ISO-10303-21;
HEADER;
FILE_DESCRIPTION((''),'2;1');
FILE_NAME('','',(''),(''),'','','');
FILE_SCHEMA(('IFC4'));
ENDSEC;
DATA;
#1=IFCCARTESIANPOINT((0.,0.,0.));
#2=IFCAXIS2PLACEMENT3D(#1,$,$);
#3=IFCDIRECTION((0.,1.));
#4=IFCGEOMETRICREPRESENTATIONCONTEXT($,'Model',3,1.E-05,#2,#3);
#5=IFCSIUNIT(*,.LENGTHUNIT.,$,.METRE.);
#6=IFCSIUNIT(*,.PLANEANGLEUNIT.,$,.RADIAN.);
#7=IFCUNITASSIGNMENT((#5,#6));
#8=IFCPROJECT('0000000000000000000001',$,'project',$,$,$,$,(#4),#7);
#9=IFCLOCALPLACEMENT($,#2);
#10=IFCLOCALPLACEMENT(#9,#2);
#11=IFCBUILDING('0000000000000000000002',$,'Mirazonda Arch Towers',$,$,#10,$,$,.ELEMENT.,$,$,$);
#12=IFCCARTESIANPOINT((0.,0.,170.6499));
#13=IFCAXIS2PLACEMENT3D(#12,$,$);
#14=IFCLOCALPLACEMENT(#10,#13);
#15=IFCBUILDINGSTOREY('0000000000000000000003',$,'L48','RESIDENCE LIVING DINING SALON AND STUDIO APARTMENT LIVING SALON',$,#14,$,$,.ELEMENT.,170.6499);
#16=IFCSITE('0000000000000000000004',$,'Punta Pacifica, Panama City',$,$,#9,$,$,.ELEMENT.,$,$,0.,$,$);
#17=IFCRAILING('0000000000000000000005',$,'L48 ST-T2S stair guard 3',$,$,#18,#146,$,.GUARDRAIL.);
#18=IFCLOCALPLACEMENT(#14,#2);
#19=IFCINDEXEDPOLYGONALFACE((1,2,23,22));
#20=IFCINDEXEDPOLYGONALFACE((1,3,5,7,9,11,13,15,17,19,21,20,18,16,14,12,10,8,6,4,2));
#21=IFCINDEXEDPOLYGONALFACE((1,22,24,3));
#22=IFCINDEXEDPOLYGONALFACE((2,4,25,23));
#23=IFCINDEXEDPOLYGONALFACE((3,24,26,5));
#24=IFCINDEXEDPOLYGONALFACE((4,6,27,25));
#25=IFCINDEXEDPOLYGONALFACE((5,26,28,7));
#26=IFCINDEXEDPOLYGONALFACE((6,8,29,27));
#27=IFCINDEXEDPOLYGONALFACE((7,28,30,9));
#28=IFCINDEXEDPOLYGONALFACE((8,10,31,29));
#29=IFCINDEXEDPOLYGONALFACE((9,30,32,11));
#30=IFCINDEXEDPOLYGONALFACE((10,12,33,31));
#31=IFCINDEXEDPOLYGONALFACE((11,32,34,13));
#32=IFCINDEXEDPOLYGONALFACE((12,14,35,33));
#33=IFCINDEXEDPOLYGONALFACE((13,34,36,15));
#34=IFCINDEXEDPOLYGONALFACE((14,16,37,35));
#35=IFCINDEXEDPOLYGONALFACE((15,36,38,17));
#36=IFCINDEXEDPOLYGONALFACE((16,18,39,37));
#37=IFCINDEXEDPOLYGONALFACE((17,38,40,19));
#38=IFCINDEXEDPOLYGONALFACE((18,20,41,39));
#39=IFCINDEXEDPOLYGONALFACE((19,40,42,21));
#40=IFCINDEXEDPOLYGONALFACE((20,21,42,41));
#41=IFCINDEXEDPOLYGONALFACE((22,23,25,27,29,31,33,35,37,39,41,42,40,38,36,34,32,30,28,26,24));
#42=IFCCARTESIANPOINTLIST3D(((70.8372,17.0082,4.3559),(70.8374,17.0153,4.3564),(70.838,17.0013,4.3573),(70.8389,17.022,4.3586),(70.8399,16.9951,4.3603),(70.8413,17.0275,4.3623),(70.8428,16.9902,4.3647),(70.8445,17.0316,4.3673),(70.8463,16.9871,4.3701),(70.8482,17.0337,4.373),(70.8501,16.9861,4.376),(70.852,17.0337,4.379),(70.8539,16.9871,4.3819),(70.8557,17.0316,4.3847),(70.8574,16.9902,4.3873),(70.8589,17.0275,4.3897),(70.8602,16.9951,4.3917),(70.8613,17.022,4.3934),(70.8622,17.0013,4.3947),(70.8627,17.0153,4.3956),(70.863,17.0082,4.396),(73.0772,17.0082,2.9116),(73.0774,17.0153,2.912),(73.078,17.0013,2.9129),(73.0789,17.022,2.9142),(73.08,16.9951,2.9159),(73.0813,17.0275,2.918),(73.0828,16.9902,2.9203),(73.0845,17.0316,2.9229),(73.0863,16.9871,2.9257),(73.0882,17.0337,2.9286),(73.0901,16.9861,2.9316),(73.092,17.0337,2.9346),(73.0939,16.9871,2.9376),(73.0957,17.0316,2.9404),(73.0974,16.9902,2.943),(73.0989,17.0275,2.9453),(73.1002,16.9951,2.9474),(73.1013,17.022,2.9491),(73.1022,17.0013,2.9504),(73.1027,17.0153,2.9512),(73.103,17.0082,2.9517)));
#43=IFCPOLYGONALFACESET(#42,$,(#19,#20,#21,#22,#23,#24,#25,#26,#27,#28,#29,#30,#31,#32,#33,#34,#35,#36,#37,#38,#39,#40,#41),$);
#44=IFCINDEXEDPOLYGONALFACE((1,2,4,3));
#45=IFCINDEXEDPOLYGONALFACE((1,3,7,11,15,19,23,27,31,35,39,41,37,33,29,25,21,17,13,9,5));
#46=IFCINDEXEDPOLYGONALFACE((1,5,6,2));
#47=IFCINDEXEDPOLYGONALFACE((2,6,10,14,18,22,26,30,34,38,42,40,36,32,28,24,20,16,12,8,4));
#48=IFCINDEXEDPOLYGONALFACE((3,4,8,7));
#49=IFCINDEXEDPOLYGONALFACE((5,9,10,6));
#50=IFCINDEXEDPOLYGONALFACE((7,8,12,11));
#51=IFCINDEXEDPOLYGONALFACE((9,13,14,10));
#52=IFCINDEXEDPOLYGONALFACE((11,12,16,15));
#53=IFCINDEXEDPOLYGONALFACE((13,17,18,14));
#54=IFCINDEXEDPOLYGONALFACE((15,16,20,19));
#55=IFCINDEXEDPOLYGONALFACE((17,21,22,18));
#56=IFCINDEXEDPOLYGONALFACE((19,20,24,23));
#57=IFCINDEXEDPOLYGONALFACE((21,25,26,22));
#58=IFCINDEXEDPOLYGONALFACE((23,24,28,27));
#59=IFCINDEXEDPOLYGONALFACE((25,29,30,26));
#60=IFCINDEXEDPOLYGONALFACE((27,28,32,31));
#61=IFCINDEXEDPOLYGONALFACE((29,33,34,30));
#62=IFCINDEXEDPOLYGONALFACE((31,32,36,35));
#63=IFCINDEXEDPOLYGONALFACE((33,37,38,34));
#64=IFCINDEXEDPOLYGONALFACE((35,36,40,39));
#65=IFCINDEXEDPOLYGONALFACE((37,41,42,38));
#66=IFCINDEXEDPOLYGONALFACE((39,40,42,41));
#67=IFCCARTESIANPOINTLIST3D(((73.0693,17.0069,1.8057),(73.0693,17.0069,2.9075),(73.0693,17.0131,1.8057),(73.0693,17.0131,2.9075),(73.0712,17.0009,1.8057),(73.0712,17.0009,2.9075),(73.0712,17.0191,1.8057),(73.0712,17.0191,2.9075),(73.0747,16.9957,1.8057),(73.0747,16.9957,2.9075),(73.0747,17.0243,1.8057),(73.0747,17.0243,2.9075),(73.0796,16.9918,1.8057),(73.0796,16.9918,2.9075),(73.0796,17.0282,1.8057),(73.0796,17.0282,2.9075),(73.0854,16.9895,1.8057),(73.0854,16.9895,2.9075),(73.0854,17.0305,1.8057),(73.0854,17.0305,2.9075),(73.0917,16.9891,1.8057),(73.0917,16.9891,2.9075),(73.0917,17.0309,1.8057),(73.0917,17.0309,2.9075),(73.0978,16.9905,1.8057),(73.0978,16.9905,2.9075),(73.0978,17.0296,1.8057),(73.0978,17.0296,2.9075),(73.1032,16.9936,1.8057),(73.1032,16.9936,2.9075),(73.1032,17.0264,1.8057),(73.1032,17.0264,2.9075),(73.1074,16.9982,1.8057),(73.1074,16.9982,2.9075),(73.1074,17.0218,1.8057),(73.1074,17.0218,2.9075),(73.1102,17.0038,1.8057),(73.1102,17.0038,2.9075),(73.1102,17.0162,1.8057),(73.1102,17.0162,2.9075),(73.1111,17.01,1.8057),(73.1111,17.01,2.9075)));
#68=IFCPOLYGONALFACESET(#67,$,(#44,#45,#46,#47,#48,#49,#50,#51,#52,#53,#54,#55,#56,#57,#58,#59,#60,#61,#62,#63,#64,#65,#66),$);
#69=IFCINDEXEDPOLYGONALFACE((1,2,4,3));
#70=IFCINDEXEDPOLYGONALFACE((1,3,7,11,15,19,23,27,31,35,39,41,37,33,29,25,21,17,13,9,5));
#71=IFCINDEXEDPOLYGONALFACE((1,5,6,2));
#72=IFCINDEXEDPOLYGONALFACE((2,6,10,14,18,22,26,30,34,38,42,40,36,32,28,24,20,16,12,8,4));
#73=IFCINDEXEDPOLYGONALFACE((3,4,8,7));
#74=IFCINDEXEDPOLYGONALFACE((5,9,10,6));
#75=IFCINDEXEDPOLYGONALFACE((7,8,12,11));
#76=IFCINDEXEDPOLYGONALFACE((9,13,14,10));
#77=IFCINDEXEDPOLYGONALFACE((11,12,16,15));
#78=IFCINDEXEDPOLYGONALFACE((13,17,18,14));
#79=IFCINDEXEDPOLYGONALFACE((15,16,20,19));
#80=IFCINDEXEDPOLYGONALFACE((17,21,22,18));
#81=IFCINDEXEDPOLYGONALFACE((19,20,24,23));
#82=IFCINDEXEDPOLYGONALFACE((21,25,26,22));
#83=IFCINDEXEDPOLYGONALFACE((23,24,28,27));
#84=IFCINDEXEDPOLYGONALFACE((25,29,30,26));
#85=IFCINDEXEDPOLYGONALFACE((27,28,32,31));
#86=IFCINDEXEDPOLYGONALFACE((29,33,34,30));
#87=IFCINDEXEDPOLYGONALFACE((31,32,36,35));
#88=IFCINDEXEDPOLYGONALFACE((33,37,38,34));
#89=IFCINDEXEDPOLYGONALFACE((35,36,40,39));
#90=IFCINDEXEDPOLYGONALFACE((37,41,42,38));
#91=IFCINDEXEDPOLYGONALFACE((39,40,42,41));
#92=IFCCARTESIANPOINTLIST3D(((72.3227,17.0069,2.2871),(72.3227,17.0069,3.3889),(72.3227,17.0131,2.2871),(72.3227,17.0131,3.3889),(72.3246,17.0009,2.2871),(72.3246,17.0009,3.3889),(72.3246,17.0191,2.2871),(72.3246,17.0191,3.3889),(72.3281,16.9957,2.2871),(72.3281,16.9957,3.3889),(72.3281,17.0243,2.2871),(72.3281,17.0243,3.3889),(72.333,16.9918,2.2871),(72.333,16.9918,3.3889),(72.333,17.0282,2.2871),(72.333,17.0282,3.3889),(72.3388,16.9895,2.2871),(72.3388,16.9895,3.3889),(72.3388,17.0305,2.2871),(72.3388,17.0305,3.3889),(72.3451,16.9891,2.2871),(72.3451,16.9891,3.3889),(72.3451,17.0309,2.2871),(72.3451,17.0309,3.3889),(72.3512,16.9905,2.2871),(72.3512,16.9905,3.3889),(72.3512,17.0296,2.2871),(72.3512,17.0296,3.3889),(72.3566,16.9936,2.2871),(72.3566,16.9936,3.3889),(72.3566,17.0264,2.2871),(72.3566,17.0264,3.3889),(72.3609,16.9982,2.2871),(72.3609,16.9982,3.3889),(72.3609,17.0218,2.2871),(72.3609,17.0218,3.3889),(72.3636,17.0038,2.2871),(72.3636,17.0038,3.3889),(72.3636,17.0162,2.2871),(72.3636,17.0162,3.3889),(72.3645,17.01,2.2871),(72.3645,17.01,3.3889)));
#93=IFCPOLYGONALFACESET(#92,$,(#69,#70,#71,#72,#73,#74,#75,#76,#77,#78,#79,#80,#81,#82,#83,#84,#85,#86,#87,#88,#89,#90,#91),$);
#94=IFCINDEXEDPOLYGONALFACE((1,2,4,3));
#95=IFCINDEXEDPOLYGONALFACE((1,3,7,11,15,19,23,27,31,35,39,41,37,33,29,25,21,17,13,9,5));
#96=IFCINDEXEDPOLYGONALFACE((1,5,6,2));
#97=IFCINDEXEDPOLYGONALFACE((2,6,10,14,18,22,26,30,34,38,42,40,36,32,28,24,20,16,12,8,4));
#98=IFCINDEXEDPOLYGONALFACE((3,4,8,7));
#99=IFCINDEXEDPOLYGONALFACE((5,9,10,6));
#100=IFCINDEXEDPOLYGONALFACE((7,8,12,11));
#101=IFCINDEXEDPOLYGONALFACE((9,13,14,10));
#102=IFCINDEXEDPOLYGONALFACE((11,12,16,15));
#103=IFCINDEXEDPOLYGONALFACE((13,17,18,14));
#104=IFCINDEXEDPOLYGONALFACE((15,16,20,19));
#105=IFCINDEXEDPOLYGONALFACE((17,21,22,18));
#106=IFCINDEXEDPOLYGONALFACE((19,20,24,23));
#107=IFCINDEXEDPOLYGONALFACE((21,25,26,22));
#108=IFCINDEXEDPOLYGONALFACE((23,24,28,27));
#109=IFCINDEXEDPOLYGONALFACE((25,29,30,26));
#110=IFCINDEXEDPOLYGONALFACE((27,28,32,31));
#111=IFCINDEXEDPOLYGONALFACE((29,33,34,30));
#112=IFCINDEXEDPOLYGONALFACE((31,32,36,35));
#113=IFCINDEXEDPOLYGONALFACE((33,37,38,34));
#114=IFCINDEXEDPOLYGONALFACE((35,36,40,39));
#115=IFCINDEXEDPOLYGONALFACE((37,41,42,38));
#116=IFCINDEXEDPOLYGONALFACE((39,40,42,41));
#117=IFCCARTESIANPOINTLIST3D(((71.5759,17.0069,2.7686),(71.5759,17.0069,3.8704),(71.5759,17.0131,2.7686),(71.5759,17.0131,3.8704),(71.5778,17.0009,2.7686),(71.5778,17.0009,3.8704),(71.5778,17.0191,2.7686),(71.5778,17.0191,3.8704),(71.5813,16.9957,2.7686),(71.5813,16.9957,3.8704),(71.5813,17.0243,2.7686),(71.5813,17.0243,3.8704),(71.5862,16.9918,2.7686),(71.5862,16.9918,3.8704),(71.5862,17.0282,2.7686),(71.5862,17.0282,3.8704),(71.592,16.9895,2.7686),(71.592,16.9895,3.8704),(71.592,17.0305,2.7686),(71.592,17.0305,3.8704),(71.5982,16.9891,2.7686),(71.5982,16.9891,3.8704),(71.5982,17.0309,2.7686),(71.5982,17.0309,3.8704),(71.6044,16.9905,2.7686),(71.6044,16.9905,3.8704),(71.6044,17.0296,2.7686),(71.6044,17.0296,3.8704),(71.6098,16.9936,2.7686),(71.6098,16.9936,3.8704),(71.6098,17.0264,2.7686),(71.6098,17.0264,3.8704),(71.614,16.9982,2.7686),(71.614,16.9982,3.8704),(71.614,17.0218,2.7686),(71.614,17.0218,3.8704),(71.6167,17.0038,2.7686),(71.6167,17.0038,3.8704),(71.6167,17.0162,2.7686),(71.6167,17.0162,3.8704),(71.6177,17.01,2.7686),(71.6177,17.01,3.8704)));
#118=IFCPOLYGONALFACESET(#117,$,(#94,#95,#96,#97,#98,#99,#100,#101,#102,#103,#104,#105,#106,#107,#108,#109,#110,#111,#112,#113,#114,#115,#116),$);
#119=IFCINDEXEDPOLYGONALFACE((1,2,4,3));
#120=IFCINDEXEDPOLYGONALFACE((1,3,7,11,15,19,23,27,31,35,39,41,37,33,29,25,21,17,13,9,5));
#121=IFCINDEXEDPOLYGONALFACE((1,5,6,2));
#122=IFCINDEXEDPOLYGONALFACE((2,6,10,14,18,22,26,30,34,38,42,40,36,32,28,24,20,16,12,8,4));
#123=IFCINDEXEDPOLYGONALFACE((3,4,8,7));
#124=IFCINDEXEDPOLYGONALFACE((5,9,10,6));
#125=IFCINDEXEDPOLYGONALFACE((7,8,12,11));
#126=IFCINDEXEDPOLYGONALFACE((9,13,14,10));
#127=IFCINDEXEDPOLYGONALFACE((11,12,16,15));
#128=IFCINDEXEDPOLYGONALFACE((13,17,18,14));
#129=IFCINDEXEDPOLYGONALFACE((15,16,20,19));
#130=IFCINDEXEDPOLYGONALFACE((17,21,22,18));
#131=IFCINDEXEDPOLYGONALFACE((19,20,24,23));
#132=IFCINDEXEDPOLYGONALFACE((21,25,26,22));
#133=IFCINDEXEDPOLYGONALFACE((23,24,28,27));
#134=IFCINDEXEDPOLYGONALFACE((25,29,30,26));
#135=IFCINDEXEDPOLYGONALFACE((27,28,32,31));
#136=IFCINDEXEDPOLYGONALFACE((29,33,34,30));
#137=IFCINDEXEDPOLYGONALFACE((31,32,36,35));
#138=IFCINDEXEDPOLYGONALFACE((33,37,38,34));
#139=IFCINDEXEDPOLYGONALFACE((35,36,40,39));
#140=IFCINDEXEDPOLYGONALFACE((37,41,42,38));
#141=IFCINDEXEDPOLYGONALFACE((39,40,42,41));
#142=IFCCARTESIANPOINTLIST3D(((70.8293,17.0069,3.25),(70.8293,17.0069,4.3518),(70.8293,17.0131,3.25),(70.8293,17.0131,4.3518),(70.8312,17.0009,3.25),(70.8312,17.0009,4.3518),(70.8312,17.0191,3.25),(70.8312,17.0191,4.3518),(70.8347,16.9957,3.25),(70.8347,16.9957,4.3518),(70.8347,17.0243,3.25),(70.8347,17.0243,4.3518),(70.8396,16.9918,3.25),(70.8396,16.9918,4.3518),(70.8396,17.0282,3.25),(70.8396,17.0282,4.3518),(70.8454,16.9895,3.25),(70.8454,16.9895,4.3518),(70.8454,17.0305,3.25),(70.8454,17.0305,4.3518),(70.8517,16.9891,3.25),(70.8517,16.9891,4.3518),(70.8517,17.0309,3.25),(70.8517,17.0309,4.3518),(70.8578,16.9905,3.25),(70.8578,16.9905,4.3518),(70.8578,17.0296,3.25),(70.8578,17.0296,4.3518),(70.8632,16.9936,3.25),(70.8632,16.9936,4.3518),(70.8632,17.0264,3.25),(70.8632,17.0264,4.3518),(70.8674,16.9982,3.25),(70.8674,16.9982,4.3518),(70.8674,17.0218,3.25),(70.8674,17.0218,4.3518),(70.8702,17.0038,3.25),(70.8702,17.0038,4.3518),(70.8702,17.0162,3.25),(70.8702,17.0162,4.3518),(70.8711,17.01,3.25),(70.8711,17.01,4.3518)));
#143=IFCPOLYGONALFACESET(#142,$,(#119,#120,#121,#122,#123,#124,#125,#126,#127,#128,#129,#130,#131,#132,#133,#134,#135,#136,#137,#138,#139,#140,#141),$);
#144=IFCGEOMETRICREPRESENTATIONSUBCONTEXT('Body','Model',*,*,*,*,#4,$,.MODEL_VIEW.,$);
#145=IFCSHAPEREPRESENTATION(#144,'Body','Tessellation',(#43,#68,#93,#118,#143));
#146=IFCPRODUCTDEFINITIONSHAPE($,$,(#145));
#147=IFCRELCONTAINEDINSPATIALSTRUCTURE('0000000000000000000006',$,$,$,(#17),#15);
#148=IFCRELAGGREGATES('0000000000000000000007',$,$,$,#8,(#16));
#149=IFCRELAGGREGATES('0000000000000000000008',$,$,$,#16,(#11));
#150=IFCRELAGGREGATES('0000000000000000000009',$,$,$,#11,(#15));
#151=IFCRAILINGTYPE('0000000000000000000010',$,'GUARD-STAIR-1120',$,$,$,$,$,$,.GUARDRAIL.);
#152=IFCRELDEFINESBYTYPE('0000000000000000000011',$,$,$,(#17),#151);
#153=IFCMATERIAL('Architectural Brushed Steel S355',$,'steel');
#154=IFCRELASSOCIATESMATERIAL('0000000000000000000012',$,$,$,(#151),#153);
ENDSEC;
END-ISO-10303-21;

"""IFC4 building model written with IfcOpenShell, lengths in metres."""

from ifc_helpers import new_model, si_unit, direction, frame, origin, origin_2d, place, context, subcontext, project, spatial, circle, extrude, material, type_object, element, save


model = new_model("IFC4")

# Units and contexts
model_context = context("Model", 3, precision=1e-05, world=origin(), true_north=direction((0.0, 1.0)))
body_context = subcontext(model_context, "Body", "Model", "MODEL_VIEW")
ifc_project = project(units=[si_unit("LENGTHUNIT", "METRE"), si_unit("PLANEANGLEUNIT", "RADIAN")], contexts=[model_context])

# Site, building, storey
site_placement = place(None, origin())
site = spatial("IfcSite", under=ifc_project, at=site_placement, Name="Punta Pacifica, Panama City", CompositionType="ELEMENT", RefElevation=0.0)
building_placement = place(site_placement, origin())
building = spatial("IfcBuilding", under=site, at=building_placement, Name="Mirazonda Arch Towers", CompositionType="ELEMENT")
storey_placement = place(building_placement, frame((0.0, 0.0, 170.6499)))
storey = spatial("IfcBuildingStorey", under=building, at=storey_placement, Name="L48", Description="RESIDENCE LIVING DINING SALON AND STUDIO APARTMENT LIVING SALON", CompositionType="ELEMENT", Elevation=170.6499)

# Shared definitions
ifc_material_1 = material(Name="Architectural Brushed Steel S355", Category="steel")

# Railing
railing_type_1 = type_object("IfcRailingType", Name="GUARD-STAIR-1120", PredefinedType="GUARDRAIL", material=ifc_material_1)
railing_1_placement = place(storey_placement, frame((73.0901, 17.01, 1.8057)))
element("IfcRailing", 1, at=railing_1_placement, inside=storey, type_object=railing_type_1, Name="L48 ST-T2S stair guard 3", PredefinedType="GUARDRAIL", context=body_context, shape_type="SweptSolid", body=[
    extrude(circle(Radius=0.0239, at=origin_2d()), frame((0.0, 0.0, 1.126), z_axis=(-0.840437, 0.0, 0.54191), x_axis=(0.0, -1.0, 0.0)), (0.0, 0.0, 1.0), 2.6653),
    extrude(circle(Radius=0.021, at=origin_2d()), origin(), (0.0, 0.0, 1.0), 1.1018),
    extrude(circle(Radius=0.021, at=origin_2d()), frame((-0.7466, 0.0, 0.4814)), (0.0, 0.0, 1.0), 1.1018),
    extrude(circle(Radius=0.021, at=origin_2d()), frame((-1.4934, 0.0, 0.9629)), (0.0, 0.0, 1.0), 1.1018),
    extrude(circle(Radius=0.021, at=origin_2d()), frame((-2.24, 0.0, 1.4443)), (0.0, 0.0, 1.0), 1.1018),
])

save(model, "model.ifc")
